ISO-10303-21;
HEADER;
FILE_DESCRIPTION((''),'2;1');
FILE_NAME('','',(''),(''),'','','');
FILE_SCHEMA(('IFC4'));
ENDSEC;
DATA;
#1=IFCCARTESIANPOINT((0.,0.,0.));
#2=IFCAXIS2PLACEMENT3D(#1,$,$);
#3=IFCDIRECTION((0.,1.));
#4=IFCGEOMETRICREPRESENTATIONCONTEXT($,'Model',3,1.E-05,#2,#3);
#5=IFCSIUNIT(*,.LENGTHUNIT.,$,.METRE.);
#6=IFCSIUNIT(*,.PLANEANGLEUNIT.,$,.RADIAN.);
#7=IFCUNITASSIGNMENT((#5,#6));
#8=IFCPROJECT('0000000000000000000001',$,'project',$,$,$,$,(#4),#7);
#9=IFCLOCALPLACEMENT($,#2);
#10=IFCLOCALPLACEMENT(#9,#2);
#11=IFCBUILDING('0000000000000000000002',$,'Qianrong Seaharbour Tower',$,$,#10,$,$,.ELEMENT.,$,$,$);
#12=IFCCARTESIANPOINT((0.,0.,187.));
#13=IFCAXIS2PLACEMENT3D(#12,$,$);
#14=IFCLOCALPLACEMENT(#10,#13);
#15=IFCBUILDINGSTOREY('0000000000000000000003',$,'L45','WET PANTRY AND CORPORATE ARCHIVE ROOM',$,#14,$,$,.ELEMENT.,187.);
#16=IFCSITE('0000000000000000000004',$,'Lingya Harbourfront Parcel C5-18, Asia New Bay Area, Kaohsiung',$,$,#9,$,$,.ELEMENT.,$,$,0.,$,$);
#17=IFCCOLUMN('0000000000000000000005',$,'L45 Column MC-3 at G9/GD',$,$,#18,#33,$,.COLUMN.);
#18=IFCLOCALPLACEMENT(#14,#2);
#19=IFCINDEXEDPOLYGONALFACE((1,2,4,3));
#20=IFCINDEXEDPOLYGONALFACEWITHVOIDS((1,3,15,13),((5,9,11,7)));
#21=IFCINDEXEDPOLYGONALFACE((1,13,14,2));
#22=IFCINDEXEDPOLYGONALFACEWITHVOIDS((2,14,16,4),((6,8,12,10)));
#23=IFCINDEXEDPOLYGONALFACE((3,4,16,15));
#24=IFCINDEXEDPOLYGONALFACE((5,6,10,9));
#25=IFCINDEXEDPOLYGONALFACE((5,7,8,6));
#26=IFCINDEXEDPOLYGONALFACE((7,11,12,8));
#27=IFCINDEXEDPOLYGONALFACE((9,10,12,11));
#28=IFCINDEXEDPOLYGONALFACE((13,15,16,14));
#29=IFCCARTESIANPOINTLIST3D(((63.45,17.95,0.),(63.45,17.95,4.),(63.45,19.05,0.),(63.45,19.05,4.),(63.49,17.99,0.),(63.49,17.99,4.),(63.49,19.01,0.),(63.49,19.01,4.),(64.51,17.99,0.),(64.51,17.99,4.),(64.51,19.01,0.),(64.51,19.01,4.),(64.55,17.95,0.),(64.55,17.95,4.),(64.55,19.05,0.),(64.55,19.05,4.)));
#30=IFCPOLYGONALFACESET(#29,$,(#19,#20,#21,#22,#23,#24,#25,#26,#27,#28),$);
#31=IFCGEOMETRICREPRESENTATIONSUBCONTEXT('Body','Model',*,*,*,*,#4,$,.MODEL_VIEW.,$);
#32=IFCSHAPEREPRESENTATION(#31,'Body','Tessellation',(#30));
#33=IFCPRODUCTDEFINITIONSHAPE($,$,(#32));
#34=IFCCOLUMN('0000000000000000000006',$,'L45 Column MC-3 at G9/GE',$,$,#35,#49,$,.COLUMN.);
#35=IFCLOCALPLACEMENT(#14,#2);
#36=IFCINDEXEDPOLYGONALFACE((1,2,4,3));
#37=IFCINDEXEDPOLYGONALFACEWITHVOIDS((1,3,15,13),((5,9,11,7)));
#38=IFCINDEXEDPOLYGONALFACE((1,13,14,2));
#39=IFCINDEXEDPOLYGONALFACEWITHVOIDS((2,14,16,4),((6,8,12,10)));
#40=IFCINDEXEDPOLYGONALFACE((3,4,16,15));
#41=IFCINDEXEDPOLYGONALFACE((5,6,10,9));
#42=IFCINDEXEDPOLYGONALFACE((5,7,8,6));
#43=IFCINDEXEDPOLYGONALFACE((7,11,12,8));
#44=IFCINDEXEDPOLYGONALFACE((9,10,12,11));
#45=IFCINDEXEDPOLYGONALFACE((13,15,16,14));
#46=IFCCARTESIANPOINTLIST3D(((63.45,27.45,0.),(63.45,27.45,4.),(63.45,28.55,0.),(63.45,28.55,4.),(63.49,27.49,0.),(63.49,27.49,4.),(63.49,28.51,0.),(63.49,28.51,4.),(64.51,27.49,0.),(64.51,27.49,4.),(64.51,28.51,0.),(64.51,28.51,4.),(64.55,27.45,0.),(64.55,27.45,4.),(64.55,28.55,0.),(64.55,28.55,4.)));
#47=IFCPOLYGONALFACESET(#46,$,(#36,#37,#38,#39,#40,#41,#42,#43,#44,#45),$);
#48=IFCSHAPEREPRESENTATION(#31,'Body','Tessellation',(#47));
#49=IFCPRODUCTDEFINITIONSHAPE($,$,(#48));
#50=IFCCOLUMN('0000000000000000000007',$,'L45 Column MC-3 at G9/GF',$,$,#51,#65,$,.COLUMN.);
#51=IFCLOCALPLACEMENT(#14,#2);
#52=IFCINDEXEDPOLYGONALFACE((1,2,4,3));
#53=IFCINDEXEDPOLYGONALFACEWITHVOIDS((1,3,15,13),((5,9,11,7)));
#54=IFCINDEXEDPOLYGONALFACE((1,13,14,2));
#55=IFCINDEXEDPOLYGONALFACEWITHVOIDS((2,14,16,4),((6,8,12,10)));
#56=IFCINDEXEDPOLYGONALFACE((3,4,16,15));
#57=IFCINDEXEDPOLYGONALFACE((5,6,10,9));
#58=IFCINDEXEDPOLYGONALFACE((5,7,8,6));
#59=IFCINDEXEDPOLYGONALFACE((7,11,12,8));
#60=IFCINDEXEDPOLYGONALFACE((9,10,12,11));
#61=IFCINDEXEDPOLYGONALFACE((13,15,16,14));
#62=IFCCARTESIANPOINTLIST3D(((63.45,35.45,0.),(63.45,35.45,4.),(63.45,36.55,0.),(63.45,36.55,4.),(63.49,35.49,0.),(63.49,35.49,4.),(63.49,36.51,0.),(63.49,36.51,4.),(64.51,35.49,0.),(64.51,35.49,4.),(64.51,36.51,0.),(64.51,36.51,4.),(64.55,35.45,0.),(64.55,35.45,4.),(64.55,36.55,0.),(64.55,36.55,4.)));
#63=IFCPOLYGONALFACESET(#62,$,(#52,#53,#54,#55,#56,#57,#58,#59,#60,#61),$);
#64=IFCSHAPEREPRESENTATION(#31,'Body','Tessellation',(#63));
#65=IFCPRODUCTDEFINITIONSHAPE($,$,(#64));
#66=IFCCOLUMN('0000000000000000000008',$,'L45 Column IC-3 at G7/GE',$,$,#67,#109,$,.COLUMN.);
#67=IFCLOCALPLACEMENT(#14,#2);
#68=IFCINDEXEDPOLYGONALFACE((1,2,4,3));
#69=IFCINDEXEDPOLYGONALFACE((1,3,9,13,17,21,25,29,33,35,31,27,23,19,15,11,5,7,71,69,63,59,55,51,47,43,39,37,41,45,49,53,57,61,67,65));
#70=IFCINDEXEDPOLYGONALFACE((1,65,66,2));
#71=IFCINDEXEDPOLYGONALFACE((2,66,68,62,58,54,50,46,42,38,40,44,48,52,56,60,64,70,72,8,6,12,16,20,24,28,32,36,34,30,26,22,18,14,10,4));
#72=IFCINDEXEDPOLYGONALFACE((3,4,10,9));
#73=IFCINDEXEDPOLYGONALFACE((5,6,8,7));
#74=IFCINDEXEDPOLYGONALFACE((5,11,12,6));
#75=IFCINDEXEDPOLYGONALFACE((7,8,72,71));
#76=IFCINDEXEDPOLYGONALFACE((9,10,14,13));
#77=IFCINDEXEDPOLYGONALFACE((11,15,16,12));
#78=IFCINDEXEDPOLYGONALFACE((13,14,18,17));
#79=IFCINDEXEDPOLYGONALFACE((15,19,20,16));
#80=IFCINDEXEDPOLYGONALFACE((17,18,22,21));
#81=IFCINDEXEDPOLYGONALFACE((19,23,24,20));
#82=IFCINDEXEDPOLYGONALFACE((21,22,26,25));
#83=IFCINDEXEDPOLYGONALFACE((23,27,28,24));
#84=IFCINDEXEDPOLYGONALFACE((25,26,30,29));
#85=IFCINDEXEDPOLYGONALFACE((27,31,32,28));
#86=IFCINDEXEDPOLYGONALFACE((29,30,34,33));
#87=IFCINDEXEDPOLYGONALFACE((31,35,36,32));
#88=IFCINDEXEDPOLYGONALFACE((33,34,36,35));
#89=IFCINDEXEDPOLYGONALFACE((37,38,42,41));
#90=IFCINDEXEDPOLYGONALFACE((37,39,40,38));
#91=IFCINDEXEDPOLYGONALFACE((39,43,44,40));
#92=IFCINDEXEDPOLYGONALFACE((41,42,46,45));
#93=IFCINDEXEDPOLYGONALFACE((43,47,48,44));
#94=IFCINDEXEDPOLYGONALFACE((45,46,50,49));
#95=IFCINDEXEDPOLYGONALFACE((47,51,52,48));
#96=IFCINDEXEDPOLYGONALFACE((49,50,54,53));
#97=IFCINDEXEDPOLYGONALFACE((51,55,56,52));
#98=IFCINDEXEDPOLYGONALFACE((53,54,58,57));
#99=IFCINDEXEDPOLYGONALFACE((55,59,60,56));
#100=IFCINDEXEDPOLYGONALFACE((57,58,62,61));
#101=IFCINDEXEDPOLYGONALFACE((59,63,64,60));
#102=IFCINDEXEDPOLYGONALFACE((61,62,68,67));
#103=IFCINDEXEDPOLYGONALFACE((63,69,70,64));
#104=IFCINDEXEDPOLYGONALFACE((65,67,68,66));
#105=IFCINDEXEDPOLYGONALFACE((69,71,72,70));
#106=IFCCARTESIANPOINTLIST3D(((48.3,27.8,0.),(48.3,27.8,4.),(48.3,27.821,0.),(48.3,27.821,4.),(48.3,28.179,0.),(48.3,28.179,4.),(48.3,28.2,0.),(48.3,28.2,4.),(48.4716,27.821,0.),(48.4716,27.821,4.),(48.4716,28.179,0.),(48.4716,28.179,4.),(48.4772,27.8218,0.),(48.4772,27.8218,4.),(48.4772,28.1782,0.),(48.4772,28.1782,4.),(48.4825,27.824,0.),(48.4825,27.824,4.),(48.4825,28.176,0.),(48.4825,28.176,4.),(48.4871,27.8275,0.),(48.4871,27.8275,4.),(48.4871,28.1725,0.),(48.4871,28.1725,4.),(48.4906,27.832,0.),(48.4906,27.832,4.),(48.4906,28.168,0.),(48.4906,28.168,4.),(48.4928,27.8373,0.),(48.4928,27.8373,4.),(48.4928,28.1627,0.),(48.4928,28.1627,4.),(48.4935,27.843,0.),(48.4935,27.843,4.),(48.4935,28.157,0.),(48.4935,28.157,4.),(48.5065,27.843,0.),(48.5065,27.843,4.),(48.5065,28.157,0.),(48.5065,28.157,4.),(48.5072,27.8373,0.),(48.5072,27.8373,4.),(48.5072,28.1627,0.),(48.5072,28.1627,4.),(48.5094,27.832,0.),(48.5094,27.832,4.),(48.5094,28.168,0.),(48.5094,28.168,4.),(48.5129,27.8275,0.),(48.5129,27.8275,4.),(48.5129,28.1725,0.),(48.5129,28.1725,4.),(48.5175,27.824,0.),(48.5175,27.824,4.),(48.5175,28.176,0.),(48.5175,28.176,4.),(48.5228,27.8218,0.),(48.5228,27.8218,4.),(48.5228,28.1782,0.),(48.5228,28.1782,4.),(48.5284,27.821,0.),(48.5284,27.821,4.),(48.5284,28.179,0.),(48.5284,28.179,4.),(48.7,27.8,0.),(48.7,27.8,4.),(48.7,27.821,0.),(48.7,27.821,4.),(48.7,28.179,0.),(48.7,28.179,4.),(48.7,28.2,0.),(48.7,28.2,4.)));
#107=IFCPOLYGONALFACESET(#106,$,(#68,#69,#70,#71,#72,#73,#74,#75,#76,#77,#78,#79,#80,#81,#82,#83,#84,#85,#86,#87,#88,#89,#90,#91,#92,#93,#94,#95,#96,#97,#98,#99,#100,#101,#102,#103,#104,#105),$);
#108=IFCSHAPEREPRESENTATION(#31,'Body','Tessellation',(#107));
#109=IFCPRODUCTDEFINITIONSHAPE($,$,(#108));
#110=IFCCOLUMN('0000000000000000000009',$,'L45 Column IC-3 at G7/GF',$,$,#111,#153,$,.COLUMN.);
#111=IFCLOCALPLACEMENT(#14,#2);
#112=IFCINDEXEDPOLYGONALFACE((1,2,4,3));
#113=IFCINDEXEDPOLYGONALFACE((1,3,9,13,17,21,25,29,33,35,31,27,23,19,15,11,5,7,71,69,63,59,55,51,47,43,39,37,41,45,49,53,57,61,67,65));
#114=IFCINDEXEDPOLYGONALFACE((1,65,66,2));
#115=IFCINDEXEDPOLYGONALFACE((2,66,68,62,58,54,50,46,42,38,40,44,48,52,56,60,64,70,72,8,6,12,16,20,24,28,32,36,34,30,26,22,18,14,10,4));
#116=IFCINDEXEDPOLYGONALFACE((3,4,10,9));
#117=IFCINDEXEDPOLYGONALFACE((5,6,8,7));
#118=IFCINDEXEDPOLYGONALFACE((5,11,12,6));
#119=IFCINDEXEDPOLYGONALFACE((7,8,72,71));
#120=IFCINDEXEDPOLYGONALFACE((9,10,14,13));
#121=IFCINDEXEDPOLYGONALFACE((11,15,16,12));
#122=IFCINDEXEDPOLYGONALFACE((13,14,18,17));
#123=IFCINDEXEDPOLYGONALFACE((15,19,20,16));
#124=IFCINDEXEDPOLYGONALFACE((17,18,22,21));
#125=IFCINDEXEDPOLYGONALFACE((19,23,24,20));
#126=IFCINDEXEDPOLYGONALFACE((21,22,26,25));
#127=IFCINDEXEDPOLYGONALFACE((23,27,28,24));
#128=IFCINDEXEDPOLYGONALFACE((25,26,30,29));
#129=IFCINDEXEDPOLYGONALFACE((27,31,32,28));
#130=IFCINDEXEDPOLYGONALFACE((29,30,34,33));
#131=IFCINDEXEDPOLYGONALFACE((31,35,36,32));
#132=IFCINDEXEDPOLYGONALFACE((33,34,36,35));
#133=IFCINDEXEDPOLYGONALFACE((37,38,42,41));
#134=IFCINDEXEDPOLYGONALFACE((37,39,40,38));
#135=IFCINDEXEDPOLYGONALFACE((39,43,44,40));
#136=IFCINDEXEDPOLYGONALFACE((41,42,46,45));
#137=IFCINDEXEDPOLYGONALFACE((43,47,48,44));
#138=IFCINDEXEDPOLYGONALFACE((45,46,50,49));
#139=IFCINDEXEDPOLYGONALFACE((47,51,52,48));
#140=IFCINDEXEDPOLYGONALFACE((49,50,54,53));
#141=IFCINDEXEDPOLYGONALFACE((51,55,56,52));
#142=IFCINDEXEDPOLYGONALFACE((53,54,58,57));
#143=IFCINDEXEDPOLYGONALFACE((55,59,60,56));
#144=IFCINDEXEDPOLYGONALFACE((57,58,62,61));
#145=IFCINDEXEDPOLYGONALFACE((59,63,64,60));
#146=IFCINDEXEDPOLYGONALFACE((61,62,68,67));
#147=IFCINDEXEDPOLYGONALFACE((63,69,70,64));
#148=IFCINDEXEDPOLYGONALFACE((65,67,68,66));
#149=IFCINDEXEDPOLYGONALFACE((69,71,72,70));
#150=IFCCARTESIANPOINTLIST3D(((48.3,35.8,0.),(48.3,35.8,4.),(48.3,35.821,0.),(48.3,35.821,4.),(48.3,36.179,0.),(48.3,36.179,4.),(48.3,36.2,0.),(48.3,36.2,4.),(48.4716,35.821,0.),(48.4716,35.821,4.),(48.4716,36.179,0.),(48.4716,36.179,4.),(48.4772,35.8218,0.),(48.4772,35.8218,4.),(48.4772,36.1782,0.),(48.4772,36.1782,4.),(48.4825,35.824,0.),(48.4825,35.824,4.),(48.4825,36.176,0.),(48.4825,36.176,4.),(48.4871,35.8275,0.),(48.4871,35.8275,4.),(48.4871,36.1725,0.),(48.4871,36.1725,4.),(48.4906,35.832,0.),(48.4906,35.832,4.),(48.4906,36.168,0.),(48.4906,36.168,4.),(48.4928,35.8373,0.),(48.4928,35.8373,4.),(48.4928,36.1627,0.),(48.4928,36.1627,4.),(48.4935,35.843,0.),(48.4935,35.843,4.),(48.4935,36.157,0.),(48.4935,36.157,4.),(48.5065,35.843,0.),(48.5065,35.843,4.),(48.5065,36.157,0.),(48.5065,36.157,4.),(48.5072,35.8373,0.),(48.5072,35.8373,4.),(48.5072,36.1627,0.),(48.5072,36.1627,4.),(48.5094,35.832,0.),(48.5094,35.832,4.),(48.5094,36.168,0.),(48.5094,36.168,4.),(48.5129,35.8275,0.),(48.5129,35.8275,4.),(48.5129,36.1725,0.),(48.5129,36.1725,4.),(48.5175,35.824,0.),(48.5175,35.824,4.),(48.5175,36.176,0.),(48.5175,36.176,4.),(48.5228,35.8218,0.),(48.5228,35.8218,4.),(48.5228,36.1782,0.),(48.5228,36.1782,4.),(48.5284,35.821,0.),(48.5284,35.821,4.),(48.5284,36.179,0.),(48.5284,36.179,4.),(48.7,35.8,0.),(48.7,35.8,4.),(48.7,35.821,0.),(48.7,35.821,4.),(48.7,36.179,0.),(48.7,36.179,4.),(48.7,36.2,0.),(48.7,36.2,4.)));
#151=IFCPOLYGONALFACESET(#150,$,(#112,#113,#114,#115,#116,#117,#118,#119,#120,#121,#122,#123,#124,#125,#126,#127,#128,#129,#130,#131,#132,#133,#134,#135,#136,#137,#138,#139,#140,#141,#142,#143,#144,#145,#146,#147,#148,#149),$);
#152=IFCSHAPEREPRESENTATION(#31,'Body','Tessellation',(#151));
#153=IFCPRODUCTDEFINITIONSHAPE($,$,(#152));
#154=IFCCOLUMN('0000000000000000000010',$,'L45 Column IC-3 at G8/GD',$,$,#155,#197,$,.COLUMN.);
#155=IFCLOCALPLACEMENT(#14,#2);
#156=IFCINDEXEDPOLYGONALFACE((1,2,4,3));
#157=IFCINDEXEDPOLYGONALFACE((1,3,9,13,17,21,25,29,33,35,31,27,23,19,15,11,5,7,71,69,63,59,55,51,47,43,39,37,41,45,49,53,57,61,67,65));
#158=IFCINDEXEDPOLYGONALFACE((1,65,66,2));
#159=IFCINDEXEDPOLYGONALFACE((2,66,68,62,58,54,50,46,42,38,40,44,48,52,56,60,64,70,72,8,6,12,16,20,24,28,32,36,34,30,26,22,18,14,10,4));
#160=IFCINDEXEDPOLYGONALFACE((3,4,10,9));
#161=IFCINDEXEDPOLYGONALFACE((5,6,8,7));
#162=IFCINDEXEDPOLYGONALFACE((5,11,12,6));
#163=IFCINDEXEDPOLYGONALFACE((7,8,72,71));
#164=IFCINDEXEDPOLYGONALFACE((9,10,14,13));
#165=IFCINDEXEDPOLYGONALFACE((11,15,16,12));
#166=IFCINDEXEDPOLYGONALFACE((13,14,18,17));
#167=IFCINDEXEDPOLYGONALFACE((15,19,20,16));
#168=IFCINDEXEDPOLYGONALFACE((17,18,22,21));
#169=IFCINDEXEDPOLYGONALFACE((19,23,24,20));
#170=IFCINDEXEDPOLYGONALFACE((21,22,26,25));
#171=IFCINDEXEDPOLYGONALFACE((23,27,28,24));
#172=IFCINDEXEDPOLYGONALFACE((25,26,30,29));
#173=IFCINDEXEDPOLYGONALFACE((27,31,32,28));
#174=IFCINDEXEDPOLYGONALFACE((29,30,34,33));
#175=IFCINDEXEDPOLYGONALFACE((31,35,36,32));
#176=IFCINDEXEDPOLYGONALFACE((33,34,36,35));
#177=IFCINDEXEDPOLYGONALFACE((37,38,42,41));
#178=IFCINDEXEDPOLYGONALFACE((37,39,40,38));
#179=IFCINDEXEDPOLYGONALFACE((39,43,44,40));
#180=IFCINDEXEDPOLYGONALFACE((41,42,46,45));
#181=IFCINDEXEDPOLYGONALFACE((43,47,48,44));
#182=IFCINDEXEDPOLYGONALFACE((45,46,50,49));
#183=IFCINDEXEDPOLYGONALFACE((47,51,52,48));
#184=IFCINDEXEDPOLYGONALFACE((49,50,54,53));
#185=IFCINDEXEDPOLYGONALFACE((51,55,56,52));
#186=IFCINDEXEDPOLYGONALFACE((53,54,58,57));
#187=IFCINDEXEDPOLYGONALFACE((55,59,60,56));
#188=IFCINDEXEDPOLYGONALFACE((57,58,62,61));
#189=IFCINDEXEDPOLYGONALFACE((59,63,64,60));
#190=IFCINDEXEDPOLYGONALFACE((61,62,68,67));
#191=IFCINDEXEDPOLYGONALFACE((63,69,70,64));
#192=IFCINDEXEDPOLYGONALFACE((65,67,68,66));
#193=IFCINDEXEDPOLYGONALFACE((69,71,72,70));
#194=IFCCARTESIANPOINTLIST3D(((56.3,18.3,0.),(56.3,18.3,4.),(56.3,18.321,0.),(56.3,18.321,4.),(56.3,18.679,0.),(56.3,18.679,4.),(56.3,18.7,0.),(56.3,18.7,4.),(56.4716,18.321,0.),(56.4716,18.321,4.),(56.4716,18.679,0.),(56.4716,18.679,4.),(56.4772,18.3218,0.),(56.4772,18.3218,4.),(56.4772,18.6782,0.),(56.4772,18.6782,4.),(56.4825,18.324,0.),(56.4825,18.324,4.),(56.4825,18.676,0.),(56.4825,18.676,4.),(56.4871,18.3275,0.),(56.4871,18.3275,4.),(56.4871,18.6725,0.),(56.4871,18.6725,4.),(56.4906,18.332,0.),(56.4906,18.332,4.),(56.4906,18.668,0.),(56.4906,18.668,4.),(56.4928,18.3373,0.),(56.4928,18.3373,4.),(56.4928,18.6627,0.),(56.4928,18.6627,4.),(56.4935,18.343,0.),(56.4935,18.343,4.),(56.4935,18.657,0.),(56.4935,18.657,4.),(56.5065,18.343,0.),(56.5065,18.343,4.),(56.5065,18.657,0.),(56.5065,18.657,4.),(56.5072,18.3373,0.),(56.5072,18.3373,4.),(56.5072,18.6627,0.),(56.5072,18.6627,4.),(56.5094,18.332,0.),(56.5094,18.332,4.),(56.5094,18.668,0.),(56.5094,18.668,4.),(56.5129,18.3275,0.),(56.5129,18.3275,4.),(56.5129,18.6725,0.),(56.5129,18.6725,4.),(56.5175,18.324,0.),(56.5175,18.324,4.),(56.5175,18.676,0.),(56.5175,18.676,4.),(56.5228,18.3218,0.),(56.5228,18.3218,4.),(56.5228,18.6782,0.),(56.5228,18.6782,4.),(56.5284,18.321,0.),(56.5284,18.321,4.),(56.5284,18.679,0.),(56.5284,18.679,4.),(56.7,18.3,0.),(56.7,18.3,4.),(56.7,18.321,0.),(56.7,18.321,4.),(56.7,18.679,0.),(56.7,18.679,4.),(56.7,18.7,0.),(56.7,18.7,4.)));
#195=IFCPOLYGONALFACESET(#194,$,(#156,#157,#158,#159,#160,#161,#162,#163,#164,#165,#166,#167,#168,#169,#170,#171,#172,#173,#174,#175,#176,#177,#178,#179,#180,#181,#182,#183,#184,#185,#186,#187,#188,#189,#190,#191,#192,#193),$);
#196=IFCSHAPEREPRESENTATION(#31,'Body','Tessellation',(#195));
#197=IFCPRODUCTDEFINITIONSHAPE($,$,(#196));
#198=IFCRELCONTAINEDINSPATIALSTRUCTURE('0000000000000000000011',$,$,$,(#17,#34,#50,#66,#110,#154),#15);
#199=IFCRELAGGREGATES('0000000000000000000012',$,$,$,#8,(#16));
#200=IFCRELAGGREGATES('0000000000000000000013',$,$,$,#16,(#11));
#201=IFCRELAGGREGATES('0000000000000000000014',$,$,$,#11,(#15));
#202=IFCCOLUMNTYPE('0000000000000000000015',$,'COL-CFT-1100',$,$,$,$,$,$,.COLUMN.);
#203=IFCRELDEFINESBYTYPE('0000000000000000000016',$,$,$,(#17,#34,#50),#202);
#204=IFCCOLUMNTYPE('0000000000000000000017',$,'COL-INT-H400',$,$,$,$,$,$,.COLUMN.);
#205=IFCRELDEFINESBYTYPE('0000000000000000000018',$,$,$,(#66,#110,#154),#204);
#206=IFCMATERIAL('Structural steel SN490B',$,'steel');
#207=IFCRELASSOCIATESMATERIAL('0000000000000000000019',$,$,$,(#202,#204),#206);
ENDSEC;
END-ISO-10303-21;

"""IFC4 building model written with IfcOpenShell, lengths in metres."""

from ifc_helpers import new_model, si_unit, direction, frame, origin, origin_2d, place, context, subcontext, project, spatial, hollow_rectangle, i_section, extrude, material, material_profile, profile_set, type_object, element, save


model = new_model("IFC4")

# Units and contexts
model_context = context("Model", 3, precision=1e-05, world=origin(), true_north=direction((0.0, 1.0)))
body_context = subcontext(model_context, "Body", "Model", "MODEL_VIEW")
ifc_project = project(units=[si_unit("LENGTHUNIT", "METRE"), si_unit("PLANEANGLEUNIT", "RADIAN")], contexts=[model_context])

# Site, building, storey
site_placement = place(None, origin())
site = spatial("IfcSite", under=ifc_project, at=site_placement, Name="Lingya Harbourfront Parcel C5-18, Asia New Bay Area, Kaohsiung", CompositionType="ELEMENT", RefElevation=0.0)
building_placement = place(site_placement, origin())
building = spatial("IfcBuilding", under=site, at=building_placement, Name="Qianrong Seaharbour Tower", CompositionType="ELEMENT")
storey_placement = place(building_placement, frame((0.0, 0.0, 187.0)))
storey = spatial("IfcBuildingStorey", under=building, at=storey_placement, Name="L45", Description="WET PANTRY AND CORPORATE ARCHIVE ROOM", CompositionType="ELEMENT", Elevation=187.0)

# Columns
ifc_material_1 = material(Name="Structural steel SN490B", Category="steel")
ifc_material_profile_1 = material_profile(ifc_material_1, hollow_rectangle(XDim=1.1001, YDim=1.1001, WallThickness=0.04, at=origin_2d()), Name="BOX1100x1100x40")
ifc_profile_set_1 = profile_set([ifc_material_profile_1], Name="Structural steel SN490B")
column_type_1 = type_object("IfcColumnType", Name="COL-CFT-1100", PredefinedType="COLUMN", material=ifc_profile_set_1)
for number, where, z_axis, x_axis, name in (
    (1, (64.0, 18.5, 0.0), (0.0, 0.0, 1.0), (1.0, 0.0, 0.0), "L45 Column MC-3 at G9/GD"),
    (2, (64.0, 28.0, 0.0), (0.0, 0.0, 1.0), (1.0, 0.0, 0.0), "L45 Column MC-3 at G9/GE"),
    (3, (64.0, 36.0, 0.0), (0.0, 0.0, 1.0), (1.0, 0.0, 0.0), "L45 Column MC-3 at G9/GF"),
):
    element("IfcColumn", number, at=place(storey_placement, frame(where, z_axis=z_axis, x_axis=x_axis)), inside=storey, type_object=column_type_1, Name=name, PredefinedType="COLUMN", context=body_context, shape_type="SweptSolid", body=[
        extrude(hollow_rectangle(XDim=1.1001, YDim=1.1001, WallThickness=0.04, at=origin_2d()), origin(), (0.0, 0.0, 1.0), 4.0),
    ])
ifc_material_profile_2 = material_profile(ifc_material_1, i_section(OverallWidth=0.3999, OverallDepth=0.3999, WebThickness=0.0129, FlangeThickness=0.021, FilletRadius=0.022, at=origin_2d()), Name="H400x400x13x21")
ifc_profile_set_2 = profile_set([ifc_material_profile_2], Name="Structural steel SN490B")
column_type_2 = type_object("IfcColumnType", Name="COL-INT-H400", PredefinedType="COLUMN", material=ifc_profile_set_2)
for number, where, z_axis, x_axis, name in (
    (4, (48.5, 28.0, 0.0), (0.0, 0.0, 1.0), (1.0, 0.0, 0.0), "L45 Column IC-3 at G7/GE"),
    (5, (48.5, 36.0, 0.0), (0.0, 0.0, 1.0), (1.0, 0.0, 0.0), "L45 Column IC-3 at G7/GF"),
    (6, (56.5, 18.5, 0.0), (0.0, 0.0, 1.0), (1.0, 0.0, 0.0), "L45 Column IC-3 at G8/GD"),
):
    element("IfcColumn", number, at=place(storey_placement, frame(where, z_axis=z_axis, x_axis=x_axis)), inside=storey, type_object=column_type_2, Name=name, PredefinedType="COLUMN", context=body_context, shape_type="SweptSolid", body=[
        extrude(i_section(OverallWidth=0.3999, OverallDepth=0.3999, WebThickness=0.0129, FlangeThickness=0.021, FilletRadius=0.022, at=origin_2d()), origin(), (0.0, 0.0, 1.0), 4.0),
    ])

save(model, "model.ifc")
